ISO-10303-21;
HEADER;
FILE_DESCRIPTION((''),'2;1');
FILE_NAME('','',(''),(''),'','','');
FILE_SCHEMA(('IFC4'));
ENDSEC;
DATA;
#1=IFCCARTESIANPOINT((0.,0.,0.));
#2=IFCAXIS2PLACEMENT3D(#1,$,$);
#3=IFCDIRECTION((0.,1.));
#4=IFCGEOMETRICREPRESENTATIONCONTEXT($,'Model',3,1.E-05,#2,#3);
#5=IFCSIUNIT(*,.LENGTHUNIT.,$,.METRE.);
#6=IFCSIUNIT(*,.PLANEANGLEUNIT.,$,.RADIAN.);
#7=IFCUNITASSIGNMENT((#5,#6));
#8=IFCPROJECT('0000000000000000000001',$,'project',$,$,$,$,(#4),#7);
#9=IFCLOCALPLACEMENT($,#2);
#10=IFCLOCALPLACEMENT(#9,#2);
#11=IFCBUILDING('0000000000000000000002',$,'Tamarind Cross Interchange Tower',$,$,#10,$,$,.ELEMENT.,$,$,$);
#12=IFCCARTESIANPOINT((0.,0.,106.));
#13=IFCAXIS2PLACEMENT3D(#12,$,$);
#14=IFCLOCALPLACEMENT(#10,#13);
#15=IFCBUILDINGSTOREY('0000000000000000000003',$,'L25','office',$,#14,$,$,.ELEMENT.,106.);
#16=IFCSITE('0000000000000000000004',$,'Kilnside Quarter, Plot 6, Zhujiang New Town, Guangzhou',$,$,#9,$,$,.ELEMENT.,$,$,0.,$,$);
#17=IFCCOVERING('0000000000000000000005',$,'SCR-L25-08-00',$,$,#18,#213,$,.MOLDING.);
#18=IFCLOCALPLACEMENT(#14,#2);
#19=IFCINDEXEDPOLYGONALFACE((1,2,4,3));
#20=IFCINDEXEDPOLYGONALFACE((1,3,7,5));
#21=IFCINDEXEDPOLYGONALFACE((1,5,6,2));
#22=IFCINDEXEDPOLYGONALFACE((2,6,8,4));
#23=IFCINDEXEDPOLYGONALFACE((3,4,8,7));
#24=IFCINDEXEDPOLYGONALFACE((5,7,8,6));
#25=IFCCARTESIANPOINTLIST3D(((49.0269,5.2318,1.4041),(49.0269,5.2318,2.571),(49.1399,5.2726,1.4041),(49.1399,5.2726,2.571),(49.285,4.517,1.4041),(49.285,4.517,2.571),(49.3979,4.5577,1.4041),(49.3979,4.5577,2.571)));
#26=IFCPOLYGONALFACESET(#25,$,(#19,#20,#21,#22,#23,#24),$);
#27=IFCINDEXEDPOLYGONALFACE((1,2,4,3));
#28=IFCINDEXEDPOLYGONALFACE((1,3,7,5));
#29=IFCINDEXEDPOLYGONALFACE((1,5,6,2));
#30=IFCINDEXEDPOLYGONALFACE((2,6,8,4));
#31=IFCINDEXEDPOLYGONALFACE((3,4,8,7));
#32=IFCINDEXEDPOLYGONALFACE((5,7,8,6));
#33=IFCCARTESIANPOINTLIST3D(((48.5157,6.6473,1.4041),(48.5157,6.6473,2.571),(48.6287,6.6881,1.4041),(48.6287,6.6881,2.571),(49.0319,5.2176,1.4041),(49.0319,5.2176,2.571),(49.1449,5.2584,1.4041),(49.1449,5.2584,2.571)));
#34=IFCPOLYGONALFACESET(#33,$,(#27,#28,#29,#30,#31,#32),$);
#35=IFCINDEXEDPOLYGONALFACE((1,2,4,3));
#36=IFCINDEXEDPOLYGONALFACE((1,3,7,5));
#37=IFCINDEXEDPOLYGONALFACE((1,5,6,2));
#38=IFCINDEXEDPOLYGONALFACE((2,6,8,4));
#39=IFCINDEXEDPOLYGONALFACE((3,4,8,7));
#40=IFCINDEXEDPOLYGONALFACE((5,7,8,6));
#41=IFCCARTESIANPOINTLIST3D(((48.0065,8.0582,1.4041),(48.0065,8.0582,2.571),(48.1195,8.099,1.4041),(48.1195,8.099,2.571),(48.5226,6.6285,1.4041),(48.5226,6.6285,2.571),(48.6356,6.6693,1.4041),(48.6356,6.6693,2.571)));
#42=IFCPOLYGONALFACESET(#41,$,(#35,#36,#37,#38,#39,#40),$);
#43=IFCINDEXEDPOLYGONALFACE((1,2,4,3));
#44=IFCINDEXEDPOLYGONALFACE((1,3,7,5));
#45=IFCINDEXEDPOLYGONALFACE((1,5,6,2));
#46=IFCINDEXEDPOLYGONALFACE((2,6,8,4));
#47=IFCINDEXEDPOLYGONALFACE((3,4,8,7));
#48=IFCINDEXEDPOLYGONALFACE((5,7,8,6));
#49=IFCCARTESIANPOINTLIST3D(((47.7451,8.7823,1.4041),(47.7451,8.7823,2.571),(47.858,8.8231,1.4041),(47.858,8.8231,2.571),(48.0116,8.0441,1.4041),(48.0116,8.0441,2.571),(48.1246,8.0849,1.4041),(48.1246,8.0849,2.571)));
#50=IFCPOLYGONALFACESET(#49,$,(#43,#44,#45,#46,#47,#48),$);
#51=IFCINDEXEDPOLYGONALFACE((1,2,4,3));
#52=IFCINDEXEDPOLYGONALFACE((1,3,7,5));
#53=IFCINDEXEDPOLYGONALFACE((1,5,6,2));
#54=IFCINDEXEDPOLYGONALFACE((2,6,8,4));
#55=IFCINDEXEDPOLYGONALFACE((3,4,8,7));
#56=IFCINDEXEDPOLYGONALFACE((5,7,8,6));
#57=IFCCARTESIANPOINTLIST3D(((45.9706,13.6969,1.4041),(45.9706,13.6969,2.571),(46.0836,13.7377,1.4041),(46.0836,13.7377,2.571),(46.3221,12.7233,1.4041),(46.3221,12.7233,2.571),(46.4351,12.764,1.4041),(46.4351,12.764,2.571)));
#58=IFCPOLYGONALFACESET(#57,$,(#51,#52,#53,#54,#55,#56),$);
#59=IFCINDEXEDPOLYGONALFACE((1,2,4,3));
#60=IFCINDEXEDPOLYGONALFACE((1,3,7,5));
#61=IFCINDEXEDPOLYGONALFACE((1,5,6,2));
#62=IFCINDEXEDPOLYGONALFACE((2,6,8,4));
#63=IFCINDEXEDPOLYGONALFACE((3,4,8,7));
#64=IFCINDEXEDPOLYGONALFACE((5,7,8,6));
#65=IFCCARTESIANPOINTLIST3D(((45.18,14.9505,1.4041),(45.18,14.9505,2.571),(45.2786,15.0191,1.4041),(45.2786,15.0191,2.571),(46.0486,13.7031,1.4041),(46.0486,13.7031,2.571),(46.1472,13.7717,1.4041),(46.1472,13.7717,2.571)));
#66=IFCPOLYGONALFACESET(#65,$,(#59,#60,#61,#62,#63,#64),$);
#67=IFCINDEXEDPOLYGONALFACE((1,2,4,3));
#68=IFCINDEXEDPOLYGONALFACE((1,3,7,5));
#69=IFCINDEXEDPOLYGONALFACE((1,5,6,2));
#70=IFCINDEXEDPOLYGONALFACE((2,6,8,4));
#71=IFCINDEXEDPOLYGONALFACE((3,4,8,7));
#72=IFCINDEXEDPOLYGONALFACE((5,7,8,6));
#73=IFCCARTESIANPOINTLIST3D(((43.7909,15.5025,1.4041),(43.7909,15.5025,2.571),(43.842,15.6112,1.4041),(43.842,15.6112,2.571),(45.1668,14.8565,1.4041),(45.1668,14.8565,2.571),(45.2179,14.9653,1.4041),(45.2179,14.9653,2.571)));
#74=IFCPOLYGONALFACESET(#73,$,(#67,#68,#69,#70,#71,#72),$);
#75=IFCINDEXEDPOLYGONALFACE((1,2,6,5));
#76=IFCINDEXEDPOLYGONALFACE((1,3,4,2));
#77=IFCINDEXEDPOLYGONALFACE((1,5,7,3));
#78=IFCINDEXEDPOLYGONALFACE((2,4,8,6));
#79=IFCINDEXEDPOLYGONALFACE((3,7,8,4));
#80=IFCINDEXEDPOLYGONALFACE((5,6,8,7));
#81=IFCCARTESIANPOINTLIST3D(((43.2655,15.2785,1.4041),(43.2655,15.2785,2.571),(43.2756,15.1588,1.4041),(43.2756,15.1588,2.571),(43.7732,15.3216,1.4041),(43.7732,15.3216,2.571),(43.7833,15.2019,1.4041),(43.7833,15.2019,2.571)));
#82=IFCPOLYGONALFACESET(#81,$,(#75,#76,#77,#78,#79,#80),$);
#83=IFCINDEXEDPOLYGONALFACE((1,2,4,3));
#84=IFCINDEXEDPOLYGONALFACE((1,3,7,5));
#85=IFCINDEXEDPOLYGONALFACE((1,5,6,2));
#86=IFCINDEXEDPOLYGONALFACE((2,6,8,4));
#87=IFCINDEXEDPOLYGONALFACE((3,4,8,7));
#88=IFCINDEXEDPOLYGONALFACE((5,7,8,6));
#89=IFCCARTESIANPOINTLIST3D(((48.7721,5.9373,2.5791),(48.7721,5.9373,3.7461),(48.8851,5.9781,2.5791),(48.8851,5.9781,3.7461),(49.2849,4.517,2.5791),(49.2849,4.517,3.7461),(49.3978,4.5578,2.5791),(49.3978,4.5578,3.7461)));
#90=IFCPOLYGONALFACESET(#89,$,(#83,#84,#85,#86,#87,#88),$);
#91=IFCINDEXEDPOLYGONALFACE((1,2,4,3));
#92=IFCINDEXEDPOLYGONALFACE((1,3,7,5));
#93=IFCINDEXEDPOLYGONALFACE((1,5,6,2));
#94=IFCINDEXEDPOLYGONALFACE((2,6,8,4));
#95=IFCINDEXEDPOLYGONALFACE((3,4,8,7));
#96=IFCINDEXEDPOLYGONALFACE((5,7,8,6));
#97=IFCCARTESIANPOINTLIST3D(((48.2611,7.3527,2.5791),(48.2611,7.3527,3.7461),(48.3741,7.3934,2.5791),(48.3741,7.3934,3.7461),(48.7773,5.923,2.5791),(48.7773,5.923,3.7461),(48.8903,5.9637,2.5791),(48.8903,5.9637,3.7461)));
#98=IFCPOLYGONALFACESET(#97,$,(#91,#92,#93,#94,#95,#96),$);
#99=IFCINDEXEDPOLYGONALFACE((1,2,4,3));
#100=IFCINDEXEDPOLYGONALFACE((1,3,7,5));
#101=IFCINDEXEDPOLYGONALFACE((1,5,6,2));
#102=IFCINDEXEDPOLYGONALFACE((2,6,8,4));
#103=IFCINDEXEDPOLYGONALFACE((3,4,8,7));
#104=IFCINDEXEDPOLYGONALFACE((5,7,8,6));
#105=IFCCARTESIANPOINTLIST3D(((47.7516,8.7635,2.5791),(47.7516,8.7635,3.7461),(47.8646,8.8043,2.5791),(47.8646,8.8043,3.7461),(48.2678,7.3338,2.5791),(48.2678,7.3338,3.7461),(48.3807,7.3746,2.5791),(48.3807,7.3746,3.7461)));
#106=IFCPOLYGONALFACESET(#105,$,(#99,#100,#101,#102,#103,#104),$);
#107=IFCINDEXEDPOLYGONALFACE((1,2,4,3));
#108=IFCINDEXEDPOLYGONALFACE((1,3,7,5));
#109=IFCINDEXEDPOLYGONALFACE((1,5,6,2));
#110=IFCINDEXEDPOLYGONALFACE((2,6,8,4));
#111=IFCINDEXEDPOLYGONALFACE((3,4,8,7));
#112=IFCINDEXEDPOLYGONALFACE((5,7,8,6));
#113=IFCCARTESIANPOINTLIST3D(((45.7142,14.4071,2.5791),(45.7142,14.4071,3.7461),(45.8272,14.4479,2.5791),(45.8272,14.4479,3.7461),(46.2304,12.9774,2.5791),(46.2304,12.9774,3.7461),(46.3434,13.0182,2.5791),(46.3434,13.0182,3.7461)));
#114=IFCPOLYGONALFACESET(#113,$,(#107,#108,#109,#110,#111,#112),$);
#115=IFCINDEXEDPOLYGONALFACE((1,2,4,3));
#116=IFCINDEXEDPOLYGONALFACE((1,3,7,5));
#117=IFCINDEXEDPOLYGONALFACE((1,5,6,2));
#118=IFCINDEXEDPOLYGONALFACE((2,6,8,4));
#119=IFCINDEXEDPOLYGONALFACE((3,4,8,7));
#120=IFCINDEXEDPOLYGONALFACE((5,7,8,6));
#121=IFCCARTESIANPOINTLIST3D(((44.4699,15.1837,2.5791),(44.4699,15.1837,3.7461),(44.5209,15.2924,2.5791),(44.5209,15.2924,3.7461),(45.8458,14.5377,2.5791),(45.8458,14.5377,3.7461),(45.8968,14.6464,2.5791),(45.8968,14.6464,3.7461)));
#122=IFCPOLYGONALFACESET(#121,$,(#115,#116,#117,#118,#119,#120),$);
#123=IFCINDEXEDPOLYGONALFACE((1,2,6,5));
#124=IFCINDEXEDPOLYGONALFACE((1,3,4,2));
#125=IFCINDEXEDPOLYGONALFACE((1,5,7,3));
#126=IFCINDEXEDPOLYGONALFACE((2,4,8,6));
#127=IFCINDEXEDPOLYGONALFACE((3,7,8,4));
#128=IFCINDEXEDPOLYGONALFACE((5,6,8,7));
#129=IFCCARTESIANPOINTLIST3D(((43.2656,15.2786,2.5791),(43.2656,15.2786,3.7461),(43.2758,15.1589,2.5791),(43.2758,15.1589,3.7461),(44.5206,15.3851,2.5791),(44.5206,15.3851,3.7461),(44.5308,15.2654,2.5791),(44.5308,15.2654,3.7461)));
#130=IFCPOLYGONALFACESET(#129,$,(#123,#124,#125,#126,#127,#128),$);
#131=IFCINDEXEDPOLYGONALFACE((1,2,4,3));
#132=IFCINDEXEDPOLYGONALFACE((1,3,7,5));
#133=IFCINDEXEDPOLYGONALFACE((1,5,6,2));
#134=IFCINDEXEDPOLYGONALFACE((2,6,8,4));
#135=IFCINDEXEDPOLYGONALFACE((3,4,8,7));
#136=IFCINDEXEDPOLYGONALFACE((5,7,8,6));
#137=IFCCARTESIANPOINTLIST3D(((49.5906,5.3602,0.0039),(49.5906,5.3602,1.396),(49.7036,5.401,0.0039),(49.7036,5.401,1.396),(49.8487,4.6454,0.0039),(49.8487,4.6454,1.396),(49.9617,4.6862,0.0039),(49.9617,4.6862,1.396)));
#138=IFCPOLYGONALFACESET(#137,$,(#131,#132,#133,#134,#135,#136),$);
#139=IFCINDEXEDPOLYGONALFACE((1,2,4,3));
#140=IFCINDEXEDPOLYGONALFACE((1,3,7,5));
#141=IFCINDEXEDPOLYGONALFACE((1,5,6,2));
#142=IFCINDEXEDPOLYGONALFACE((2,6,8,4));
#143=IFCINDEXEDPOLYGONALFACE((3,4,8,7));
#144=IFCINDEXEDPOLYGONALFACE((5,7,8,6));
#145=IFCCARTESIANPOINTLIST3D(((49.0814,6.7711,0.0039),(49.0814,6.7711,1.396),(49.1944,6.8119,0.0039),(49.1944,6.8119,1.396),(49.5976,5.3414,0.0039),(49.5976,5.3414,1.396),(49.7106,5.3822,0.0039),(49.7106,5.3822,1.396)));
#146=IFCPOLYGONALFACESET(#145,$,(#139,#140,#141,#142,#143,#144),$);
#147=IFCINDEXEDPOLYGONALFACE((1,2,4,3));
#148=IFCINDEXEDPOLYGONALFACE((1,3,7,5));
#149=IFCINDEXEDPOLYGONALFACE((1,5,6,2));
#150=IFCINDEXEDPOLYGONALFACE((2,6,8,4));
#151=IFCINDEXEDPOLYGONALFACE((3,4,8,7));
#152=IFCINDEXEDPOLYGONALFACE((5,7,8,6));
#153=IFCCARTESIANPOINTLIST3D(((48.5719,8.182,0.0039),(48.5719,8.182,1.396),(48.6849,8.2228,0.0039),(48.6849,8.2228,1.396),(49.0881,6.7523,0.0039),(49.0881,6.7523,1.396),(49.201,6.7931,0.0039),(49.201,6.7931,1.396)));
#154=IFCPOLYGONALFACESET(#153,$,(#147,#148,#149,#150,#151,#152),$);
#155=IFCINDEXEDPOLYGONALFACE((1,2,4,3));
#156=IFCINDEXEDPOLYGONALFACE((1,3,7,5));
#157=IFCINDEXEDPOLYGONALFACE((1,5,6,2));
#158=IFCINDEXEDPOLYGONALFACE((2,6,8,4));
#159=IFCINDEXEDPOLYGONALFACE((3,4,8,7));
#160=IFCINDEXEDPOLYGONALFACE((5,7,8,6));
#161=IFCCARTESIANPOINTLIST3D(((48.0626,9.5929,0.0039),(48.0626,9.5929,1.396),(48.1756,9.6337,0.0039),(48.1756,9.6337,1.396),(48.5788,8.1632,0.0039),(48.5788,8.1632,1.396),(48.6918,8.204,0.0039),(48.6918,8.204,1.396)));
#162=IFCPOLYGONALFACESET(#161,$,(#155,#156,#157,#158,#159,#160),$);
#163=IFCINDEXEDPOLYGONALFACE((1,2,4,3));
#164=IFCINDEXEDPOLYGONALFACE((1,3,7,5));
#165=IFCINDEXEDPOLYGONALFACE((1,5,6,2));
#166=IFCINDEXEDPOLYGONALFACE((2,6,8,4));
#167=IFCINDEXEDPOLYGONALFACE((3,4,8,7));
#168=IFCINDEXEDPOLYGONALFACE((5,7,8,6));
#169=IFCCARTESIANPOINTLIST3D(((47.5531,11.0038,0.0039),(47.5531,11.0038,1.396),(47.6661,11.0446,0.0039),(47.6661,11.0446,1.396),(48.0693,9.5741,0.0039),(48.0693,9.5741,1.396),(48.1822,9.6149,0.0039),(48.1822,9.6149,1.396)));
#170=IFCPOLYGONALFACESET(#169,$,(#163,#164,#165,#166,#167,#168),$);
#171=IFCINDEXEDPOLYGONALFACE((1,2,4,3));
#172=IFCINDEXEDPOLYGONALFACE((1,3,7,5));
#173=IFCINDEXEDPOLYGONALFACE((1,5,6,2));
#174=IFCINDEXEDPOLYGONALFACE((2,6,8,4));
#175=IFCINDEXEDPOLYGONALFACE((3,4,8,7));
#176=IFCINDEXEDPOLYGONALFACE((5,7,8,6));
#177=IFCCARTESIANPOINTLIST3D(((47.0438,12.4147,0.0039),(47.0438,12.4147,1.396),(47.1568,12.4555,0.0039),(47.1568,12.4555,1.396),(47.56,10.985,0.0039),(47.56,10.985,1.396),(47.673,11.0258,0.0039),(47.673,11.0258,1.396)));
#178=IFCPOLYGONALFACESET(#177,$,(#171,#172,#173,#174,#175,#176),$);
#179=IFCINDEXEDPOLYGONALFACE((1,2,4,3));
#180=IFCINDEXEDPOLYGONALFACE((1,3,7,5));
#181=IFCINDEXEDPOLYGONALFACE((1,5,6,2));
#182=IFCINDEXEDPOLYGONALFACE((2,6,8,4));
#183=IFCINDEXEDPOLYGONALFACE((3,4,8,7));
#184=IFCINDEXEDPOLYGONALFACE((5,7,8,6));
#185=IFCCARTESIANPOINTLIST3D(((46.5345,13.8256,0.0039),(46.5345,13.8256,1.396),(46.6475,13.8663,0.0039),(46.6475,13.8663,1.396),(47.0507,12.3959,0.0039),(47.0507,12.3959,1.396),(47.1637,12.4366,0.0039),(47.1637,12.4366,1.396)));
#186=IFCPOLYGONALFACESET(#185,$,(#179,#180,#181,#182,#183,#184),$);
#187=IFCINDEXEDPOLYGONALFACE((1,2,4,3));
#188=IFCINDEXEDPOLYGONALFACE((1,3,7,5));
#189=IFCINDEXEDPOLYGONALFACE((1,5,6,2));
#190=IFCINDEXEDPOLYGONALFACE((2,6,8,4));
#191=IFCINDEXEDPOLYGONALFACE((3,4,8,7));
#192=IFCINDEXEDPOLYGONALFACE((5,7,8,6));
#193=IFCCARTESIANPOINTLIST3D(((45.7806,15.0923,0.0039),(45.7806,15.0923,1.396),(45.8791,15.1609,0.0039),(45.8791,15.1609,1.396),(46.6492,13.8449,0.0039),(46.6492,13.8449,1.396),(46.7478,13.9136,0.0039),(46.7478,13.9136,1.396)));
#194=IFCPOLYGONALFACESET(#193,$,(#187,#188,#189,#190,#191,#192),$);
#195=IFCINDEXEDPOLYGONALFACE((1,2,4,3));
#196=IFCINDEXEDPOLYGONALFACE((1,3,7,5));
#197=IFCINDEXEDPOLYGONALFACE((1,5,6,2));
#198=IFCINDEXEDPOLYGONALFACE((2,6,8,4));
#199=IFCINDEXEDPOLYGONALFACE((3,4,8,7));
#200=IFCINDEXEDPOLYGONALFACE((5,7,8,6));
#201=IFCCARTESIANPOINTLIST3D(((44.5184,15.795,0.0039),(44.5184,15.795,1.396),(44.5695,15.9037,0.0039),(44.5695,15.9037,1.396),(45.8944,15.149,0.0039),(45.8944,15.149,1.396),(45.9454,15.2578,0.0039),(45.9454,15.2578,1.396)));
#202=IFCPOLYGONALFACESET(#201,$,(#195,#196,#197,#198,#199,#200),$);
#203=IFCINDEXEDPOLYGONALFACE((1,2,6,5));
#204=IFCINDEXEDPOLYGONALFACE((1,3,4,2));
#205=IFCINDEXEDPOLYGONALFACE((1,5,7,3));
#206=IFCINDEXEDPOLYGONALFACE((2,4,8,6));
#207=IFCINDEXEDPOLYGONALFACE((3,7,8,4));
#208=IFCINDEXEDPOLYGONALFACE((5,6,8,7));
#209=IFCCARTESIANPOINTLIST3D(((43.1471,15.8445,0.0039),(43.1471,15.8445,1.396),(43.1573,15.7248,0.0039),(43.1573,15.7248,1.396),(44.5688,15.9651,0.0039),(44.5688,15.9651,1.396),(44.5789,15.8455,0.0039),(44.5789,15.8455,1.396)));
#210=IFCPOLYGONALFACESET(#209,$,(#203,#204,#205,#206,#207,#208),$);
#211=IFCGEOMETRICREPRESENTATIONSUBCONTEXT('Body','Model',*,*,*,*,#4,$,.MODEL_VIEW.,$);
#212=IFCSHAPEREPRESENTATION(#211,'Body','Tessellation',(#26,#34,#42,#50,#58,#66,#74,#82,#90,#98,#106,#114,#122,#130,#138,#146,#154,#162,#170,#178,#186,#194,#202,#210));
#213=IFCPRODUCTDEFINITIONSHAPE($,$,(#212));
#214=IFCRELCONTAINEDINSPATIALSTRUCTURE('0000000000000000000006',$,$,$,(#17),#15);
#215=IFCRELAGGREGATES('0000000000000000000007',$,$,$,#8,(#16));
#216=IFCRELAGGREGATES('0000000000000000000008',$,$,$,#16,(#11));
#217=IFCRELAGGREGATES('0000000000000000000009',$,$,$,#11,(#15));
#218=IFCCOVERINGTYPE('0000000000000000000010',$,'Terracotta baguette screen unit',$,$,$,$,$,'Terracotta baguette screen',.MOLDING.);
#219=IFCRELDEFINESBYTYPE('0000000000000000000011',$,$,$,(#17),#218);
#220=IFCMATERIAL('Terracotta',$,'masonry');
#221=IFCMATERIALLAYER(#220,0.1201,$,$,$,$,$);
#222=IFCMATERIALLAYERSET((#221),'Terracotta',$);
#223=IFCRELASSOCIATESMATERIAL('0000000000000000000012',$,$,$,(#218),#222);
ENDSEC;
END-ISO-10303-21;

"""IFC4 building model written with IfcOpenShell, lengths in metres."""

from ifc_helpers import new_model, si_unit, direction, frame, origin, origin_2d, place, context, subcontext, project, spatial, rectangle, extrude, material, layer, layer_set, type_object, element, save


model = new_model("IFC4")

# Units and contexts
model_context = context("Model", 3, precision=1e-05, world=origin(), true_north=direction((0.0, 1.0)))
body_context = subcontext(model_context, "Body", "Model", "MODEL_VIEW")
ifc_project = project(units=[si_unit("LENGTHUNIT", "METRE"), si_unit("PLANEANGLEUNIT", "RADIAN")], contexts=[model_context])

# Site, building, storey
site_placement = place(None, origin())
site = spatial("IfcSite", under=ifc_project, at=site_placement, Name="Kilnside Quarter, Plot 6, Zhujiang New Town, Guangzhou", CompositionType="ELEMENT", RefElevation=0.0)
building_placement = place(site_placement, origin())
building = spatial("IfcBuilding", under=site, at=building_placement, Name="Tamarind Cross Interchange Tower", CompositionType="ELEMENT")
storey_placement = place(building_placement, frame((0.0, 0.0, 106.0)))
storey = spatial("IfcBuildingStorey", under=building, at=storey_placement, Name="L25", Description="office", CompositionType="ELEMENT", Elevation=106.0)

# Covering
ifc_material_1 = material(Name="Terracotta", Category="masonry")
ifc_layer_1 = layer(ifc_material_1, 0.1201)
ifc_layer_set_1 = layer_set([ifc_layer_1], Name="Terracotta")
covering_type = type_object("IfcCoveringType", Name="Terracotta baguette screen unit", ElementType="Terracotta baguette screen", PredefinedType="MOLDING", material=ifc_layer_set_1)
covering_1_placement = place(storey_placement, origin())
element("IfcCovering", 1, at=covering_1_placement, inside=storey, type_object=covering_type, Name="SCR-L25-08-00", PredefinedType="MOLDING", context=body_context, shape_type="SweptSolid", body=[
    extrude(rectangle(XDim=0.76, YDim=0.1201, at=origin_2d()), frame((49.2124, 4.8948, 1.4041), z_axis=(0.0, 0.0, 1.0), x_axis=(-0.339579, 0.940578, 0.0)), (0.0, 0.0, 1.0), 1.167),
    extrude(rectangle(XDim=1.52, YDim=0.1201, at=origin_2d()), frame((48.8303, 5.9529, 1.4041), z_axis=(0.0, 0.0, 1.0), x_axis=(-0.339579, 0.940578, 0.0)), (0.0, 0.0, 1.0), 1.167),
    extrude(rectangle(XDim=1.52, YDim=0.1201, at=origin_2d()), frame((48.321, 7.3638, 1.4041), z_axis=(0.0, 0.0, 1.0), x_axis=(-0.339579, 0.940578, 0.0)), (0.0, 0.0, 1.0), 1.167),
    extrude(rectangle(XDim=0.7849, YDim=0.1201, at=origin_2d()), frame((47.9348, 8.4336, 1.4041), z_axis=(0.0, 0.0, 1.0), x_axis=(-0.339579, 0.940578, 0.0)), (0.0, 0.0, 1.0), 1.167),
    extrude(rectangle(XDim=1.0352, YDim=0.1201, at=origin_2d()), frame((46.2029, 13.2305, 1.4041), z_axis=(0.0, 0.0, 1.0), x_axis=(-0.339579, 0.940578, 0.0)), (0.0, 0.0, 1.0), 1.167),
    extrude(rectangle(XDim=1.52, YDim=0.1201, at=origin_2d()), frame((45.6636, 14.3611, 1.4041), z_axis=(0.0, 0.0, 1.0), x_axis=(-0.571447, 0.820639, 0.0)), (0.0, 0.0, 1.0), 1.167),
    extrude(rectangle(XDim=1.52, YDim=0.1201, at=origin_2d()), frame((44.5044, 15.2339, 1.4041), z_axis=(0.0, 0.0, 1.0), x_axis=(-0.905207, 0.424971, 0.0)), (0.0, 0.0, 1.0), 1.167),
    extrude(rectangle(XDim=0.5095, YDim=0.1201, at=origin_2d()), frame((43.5244, 15.2402, 1.4041), z_axis=(0.0, 0.0, 1.0), x_axis=(-0.996418, -0.084568, 0.0)), (0.0, 0.0, 1.0), 1.167),
    extrude(rectangle(XDim=1.51, YDim=0.1201, at=origin_2d()), frame((49.085, 5.2476, 2.5791), z_axis=(0.0, 0.0, 1.0), x_axis=(-0.339579, 0.940578, 0.0)), (0.0, 0.0, 1.0), 1.167),
    extrude(rectangle(XDim=1.52, YDim=0.1201, at=origin_2d()), frame((48.5757, 6.6582, 2.5791), z_axis=(0.0, 0.0, 1.0), x_axis=(-0.339579, 0.940578, 0.0)), (0.0, 0.0, 1.0), 1.167),
    extrude(rectangle(XDim=1.52, YDim=0.1201, at=origin_2d()), frame((48.0662, 8.0691, 2.5791), z_axis=(0.0, 0.0, 1.0), x_axis=(-0.339579, 0.940578, 0.0)), (0.0, 0.0, 1.0), 1.167),
    extrude(rectangle(XDim=1.52, YDim=0.1201, at=origin_2d()), frame((46.0288, 13.7126, 2.5791), z_axis=(0.0, 0.0, 1.0), x_axis=(-0.339579, 0.940578, 0.0)), (0.0, 0.0, 1.0), 1.167),
    extrude(rectangle(XDim=1.52, YDim=0.1201, at=origin_2d()), frame((45.1833, 14.915, 2.5791), z_axis=(0.0, 0.0, 1.0), x_axis=(-0.905207, 0.424971, 0.0)), (0.0, 0.0, 1.0), 1.167),
    extrude(rectangle(XDim=1.2595, YDim=0.1201, at=origin_2d()), frame((43.8982, 15.272, 2.5791), z_axis=(0.0, 0.0, 1.0), x_axis=(-0.996418, -0.084568, 0.0)), (0.0, 0.0, 1.0), 1.167),
    extrude(rectangle(XDim=0.76, YDim=0.1201, at=origin_2d()), frame((49.7761, 5.0232, 0.0039), z_axis=(0.0, 0.0, 1.0), x_axis=(-0.339579, 0.940578, 0.0)), (0.0, 0.0, 1.0), 1.3921),
    extrude(rectangle(XDim=1.52, YDim=0.1201, at=origin_2d()), frame((49.396, 6.0767, 0.0039), z_axis=(0.0, 0.0, 1.0), x_axis=(-0.339579, 0.940578, 0.0)), (0.0, 0.0, 1.0), 1.3921),
    extrude(rectangle(XDim=1.52, YDim=0.1201, at=origin_2d()), frame((48.8865, 7.4875, 0.0039), z_axis=(0.0, 0.0, 1.0), x_axis=(-0.339579, 0.940578, 0.0)), (0.0, 0.0, 1.0), 1.3921),
    extrude(rectangle(XDim=1.52, YDim=0.1201, at=origin_2d()), frame((48.3772, 8.8984, 0.0039), z_axis=(0.0, 0.0, 1.0), x_axis=(-0.339579, 0.940578, 0.0)), (0.0, 0.0, 1.0), 1.3921),
    extrude(rectangle(XDim=1.52, YDim=0.1201, at=origin_2d()), frame((47.8677, 10.3093, 0.0039), z_axis=(0.0, 0.0, 1.0), x_axis=(-0.339579, 0.940578, 0.0)), (0.0, 0.0, 1.0), 1.3921),
    extrude(rectangle(XDim=1.52, YDim=0.1201, at=origin_2d()), frame((47.3584, 11.7202, 0.0039), z_axis=(0.0, 0.0, 1.0), x_axis=(-0.339579, 0.940578, 0.0)), (0.0, 0.0, 1.0), 1.3921),
    extrude(rectangle(XDim=1.52, YDim=0.1201, at=origin_2d()), frame((46.8491, 13.1311, 0.0039), z_axis=(0.0, 0.0, 1.0), x_axis=(-0.339579, 0.940578, 0.0)), (0.0, 0.0, 1.0), 1.3921),
    extrude(rectangle(XDim=1.52, YDim=0.1201, at=origin_2d()), frame((46.2642, 14.5029, 0.0039), z_axis=(0.0, 0.0, 1.0), x_axis=(-0.571447, 0.820639, 0.0)), (0.0, 0.0, 1.0), 1.3921),
    extrude(rectangle(XDim=1.52, YDim=0.1201, at=origin_2d()), frame((45.2319, 15.5264, 0.0039), z_axis=(0.0, 0.0, 1.0), x_axis=(-0.905207, 0.424971, 0.0)), (0.0, 0.0, 1.0), 1.3921),
    extrude(rectangle(XDim=1.4268, YDim=0.1201, at=origin_2d()), frame((43.863, 15.845, 0.0039), z_axis=(0.0, 0.0, 1.0), x_axis=(-0.996418, -0.084568, 0.0)), (0.0, 0.0, 1.0), 1.3921),
])

save(model, "model.ifc")
